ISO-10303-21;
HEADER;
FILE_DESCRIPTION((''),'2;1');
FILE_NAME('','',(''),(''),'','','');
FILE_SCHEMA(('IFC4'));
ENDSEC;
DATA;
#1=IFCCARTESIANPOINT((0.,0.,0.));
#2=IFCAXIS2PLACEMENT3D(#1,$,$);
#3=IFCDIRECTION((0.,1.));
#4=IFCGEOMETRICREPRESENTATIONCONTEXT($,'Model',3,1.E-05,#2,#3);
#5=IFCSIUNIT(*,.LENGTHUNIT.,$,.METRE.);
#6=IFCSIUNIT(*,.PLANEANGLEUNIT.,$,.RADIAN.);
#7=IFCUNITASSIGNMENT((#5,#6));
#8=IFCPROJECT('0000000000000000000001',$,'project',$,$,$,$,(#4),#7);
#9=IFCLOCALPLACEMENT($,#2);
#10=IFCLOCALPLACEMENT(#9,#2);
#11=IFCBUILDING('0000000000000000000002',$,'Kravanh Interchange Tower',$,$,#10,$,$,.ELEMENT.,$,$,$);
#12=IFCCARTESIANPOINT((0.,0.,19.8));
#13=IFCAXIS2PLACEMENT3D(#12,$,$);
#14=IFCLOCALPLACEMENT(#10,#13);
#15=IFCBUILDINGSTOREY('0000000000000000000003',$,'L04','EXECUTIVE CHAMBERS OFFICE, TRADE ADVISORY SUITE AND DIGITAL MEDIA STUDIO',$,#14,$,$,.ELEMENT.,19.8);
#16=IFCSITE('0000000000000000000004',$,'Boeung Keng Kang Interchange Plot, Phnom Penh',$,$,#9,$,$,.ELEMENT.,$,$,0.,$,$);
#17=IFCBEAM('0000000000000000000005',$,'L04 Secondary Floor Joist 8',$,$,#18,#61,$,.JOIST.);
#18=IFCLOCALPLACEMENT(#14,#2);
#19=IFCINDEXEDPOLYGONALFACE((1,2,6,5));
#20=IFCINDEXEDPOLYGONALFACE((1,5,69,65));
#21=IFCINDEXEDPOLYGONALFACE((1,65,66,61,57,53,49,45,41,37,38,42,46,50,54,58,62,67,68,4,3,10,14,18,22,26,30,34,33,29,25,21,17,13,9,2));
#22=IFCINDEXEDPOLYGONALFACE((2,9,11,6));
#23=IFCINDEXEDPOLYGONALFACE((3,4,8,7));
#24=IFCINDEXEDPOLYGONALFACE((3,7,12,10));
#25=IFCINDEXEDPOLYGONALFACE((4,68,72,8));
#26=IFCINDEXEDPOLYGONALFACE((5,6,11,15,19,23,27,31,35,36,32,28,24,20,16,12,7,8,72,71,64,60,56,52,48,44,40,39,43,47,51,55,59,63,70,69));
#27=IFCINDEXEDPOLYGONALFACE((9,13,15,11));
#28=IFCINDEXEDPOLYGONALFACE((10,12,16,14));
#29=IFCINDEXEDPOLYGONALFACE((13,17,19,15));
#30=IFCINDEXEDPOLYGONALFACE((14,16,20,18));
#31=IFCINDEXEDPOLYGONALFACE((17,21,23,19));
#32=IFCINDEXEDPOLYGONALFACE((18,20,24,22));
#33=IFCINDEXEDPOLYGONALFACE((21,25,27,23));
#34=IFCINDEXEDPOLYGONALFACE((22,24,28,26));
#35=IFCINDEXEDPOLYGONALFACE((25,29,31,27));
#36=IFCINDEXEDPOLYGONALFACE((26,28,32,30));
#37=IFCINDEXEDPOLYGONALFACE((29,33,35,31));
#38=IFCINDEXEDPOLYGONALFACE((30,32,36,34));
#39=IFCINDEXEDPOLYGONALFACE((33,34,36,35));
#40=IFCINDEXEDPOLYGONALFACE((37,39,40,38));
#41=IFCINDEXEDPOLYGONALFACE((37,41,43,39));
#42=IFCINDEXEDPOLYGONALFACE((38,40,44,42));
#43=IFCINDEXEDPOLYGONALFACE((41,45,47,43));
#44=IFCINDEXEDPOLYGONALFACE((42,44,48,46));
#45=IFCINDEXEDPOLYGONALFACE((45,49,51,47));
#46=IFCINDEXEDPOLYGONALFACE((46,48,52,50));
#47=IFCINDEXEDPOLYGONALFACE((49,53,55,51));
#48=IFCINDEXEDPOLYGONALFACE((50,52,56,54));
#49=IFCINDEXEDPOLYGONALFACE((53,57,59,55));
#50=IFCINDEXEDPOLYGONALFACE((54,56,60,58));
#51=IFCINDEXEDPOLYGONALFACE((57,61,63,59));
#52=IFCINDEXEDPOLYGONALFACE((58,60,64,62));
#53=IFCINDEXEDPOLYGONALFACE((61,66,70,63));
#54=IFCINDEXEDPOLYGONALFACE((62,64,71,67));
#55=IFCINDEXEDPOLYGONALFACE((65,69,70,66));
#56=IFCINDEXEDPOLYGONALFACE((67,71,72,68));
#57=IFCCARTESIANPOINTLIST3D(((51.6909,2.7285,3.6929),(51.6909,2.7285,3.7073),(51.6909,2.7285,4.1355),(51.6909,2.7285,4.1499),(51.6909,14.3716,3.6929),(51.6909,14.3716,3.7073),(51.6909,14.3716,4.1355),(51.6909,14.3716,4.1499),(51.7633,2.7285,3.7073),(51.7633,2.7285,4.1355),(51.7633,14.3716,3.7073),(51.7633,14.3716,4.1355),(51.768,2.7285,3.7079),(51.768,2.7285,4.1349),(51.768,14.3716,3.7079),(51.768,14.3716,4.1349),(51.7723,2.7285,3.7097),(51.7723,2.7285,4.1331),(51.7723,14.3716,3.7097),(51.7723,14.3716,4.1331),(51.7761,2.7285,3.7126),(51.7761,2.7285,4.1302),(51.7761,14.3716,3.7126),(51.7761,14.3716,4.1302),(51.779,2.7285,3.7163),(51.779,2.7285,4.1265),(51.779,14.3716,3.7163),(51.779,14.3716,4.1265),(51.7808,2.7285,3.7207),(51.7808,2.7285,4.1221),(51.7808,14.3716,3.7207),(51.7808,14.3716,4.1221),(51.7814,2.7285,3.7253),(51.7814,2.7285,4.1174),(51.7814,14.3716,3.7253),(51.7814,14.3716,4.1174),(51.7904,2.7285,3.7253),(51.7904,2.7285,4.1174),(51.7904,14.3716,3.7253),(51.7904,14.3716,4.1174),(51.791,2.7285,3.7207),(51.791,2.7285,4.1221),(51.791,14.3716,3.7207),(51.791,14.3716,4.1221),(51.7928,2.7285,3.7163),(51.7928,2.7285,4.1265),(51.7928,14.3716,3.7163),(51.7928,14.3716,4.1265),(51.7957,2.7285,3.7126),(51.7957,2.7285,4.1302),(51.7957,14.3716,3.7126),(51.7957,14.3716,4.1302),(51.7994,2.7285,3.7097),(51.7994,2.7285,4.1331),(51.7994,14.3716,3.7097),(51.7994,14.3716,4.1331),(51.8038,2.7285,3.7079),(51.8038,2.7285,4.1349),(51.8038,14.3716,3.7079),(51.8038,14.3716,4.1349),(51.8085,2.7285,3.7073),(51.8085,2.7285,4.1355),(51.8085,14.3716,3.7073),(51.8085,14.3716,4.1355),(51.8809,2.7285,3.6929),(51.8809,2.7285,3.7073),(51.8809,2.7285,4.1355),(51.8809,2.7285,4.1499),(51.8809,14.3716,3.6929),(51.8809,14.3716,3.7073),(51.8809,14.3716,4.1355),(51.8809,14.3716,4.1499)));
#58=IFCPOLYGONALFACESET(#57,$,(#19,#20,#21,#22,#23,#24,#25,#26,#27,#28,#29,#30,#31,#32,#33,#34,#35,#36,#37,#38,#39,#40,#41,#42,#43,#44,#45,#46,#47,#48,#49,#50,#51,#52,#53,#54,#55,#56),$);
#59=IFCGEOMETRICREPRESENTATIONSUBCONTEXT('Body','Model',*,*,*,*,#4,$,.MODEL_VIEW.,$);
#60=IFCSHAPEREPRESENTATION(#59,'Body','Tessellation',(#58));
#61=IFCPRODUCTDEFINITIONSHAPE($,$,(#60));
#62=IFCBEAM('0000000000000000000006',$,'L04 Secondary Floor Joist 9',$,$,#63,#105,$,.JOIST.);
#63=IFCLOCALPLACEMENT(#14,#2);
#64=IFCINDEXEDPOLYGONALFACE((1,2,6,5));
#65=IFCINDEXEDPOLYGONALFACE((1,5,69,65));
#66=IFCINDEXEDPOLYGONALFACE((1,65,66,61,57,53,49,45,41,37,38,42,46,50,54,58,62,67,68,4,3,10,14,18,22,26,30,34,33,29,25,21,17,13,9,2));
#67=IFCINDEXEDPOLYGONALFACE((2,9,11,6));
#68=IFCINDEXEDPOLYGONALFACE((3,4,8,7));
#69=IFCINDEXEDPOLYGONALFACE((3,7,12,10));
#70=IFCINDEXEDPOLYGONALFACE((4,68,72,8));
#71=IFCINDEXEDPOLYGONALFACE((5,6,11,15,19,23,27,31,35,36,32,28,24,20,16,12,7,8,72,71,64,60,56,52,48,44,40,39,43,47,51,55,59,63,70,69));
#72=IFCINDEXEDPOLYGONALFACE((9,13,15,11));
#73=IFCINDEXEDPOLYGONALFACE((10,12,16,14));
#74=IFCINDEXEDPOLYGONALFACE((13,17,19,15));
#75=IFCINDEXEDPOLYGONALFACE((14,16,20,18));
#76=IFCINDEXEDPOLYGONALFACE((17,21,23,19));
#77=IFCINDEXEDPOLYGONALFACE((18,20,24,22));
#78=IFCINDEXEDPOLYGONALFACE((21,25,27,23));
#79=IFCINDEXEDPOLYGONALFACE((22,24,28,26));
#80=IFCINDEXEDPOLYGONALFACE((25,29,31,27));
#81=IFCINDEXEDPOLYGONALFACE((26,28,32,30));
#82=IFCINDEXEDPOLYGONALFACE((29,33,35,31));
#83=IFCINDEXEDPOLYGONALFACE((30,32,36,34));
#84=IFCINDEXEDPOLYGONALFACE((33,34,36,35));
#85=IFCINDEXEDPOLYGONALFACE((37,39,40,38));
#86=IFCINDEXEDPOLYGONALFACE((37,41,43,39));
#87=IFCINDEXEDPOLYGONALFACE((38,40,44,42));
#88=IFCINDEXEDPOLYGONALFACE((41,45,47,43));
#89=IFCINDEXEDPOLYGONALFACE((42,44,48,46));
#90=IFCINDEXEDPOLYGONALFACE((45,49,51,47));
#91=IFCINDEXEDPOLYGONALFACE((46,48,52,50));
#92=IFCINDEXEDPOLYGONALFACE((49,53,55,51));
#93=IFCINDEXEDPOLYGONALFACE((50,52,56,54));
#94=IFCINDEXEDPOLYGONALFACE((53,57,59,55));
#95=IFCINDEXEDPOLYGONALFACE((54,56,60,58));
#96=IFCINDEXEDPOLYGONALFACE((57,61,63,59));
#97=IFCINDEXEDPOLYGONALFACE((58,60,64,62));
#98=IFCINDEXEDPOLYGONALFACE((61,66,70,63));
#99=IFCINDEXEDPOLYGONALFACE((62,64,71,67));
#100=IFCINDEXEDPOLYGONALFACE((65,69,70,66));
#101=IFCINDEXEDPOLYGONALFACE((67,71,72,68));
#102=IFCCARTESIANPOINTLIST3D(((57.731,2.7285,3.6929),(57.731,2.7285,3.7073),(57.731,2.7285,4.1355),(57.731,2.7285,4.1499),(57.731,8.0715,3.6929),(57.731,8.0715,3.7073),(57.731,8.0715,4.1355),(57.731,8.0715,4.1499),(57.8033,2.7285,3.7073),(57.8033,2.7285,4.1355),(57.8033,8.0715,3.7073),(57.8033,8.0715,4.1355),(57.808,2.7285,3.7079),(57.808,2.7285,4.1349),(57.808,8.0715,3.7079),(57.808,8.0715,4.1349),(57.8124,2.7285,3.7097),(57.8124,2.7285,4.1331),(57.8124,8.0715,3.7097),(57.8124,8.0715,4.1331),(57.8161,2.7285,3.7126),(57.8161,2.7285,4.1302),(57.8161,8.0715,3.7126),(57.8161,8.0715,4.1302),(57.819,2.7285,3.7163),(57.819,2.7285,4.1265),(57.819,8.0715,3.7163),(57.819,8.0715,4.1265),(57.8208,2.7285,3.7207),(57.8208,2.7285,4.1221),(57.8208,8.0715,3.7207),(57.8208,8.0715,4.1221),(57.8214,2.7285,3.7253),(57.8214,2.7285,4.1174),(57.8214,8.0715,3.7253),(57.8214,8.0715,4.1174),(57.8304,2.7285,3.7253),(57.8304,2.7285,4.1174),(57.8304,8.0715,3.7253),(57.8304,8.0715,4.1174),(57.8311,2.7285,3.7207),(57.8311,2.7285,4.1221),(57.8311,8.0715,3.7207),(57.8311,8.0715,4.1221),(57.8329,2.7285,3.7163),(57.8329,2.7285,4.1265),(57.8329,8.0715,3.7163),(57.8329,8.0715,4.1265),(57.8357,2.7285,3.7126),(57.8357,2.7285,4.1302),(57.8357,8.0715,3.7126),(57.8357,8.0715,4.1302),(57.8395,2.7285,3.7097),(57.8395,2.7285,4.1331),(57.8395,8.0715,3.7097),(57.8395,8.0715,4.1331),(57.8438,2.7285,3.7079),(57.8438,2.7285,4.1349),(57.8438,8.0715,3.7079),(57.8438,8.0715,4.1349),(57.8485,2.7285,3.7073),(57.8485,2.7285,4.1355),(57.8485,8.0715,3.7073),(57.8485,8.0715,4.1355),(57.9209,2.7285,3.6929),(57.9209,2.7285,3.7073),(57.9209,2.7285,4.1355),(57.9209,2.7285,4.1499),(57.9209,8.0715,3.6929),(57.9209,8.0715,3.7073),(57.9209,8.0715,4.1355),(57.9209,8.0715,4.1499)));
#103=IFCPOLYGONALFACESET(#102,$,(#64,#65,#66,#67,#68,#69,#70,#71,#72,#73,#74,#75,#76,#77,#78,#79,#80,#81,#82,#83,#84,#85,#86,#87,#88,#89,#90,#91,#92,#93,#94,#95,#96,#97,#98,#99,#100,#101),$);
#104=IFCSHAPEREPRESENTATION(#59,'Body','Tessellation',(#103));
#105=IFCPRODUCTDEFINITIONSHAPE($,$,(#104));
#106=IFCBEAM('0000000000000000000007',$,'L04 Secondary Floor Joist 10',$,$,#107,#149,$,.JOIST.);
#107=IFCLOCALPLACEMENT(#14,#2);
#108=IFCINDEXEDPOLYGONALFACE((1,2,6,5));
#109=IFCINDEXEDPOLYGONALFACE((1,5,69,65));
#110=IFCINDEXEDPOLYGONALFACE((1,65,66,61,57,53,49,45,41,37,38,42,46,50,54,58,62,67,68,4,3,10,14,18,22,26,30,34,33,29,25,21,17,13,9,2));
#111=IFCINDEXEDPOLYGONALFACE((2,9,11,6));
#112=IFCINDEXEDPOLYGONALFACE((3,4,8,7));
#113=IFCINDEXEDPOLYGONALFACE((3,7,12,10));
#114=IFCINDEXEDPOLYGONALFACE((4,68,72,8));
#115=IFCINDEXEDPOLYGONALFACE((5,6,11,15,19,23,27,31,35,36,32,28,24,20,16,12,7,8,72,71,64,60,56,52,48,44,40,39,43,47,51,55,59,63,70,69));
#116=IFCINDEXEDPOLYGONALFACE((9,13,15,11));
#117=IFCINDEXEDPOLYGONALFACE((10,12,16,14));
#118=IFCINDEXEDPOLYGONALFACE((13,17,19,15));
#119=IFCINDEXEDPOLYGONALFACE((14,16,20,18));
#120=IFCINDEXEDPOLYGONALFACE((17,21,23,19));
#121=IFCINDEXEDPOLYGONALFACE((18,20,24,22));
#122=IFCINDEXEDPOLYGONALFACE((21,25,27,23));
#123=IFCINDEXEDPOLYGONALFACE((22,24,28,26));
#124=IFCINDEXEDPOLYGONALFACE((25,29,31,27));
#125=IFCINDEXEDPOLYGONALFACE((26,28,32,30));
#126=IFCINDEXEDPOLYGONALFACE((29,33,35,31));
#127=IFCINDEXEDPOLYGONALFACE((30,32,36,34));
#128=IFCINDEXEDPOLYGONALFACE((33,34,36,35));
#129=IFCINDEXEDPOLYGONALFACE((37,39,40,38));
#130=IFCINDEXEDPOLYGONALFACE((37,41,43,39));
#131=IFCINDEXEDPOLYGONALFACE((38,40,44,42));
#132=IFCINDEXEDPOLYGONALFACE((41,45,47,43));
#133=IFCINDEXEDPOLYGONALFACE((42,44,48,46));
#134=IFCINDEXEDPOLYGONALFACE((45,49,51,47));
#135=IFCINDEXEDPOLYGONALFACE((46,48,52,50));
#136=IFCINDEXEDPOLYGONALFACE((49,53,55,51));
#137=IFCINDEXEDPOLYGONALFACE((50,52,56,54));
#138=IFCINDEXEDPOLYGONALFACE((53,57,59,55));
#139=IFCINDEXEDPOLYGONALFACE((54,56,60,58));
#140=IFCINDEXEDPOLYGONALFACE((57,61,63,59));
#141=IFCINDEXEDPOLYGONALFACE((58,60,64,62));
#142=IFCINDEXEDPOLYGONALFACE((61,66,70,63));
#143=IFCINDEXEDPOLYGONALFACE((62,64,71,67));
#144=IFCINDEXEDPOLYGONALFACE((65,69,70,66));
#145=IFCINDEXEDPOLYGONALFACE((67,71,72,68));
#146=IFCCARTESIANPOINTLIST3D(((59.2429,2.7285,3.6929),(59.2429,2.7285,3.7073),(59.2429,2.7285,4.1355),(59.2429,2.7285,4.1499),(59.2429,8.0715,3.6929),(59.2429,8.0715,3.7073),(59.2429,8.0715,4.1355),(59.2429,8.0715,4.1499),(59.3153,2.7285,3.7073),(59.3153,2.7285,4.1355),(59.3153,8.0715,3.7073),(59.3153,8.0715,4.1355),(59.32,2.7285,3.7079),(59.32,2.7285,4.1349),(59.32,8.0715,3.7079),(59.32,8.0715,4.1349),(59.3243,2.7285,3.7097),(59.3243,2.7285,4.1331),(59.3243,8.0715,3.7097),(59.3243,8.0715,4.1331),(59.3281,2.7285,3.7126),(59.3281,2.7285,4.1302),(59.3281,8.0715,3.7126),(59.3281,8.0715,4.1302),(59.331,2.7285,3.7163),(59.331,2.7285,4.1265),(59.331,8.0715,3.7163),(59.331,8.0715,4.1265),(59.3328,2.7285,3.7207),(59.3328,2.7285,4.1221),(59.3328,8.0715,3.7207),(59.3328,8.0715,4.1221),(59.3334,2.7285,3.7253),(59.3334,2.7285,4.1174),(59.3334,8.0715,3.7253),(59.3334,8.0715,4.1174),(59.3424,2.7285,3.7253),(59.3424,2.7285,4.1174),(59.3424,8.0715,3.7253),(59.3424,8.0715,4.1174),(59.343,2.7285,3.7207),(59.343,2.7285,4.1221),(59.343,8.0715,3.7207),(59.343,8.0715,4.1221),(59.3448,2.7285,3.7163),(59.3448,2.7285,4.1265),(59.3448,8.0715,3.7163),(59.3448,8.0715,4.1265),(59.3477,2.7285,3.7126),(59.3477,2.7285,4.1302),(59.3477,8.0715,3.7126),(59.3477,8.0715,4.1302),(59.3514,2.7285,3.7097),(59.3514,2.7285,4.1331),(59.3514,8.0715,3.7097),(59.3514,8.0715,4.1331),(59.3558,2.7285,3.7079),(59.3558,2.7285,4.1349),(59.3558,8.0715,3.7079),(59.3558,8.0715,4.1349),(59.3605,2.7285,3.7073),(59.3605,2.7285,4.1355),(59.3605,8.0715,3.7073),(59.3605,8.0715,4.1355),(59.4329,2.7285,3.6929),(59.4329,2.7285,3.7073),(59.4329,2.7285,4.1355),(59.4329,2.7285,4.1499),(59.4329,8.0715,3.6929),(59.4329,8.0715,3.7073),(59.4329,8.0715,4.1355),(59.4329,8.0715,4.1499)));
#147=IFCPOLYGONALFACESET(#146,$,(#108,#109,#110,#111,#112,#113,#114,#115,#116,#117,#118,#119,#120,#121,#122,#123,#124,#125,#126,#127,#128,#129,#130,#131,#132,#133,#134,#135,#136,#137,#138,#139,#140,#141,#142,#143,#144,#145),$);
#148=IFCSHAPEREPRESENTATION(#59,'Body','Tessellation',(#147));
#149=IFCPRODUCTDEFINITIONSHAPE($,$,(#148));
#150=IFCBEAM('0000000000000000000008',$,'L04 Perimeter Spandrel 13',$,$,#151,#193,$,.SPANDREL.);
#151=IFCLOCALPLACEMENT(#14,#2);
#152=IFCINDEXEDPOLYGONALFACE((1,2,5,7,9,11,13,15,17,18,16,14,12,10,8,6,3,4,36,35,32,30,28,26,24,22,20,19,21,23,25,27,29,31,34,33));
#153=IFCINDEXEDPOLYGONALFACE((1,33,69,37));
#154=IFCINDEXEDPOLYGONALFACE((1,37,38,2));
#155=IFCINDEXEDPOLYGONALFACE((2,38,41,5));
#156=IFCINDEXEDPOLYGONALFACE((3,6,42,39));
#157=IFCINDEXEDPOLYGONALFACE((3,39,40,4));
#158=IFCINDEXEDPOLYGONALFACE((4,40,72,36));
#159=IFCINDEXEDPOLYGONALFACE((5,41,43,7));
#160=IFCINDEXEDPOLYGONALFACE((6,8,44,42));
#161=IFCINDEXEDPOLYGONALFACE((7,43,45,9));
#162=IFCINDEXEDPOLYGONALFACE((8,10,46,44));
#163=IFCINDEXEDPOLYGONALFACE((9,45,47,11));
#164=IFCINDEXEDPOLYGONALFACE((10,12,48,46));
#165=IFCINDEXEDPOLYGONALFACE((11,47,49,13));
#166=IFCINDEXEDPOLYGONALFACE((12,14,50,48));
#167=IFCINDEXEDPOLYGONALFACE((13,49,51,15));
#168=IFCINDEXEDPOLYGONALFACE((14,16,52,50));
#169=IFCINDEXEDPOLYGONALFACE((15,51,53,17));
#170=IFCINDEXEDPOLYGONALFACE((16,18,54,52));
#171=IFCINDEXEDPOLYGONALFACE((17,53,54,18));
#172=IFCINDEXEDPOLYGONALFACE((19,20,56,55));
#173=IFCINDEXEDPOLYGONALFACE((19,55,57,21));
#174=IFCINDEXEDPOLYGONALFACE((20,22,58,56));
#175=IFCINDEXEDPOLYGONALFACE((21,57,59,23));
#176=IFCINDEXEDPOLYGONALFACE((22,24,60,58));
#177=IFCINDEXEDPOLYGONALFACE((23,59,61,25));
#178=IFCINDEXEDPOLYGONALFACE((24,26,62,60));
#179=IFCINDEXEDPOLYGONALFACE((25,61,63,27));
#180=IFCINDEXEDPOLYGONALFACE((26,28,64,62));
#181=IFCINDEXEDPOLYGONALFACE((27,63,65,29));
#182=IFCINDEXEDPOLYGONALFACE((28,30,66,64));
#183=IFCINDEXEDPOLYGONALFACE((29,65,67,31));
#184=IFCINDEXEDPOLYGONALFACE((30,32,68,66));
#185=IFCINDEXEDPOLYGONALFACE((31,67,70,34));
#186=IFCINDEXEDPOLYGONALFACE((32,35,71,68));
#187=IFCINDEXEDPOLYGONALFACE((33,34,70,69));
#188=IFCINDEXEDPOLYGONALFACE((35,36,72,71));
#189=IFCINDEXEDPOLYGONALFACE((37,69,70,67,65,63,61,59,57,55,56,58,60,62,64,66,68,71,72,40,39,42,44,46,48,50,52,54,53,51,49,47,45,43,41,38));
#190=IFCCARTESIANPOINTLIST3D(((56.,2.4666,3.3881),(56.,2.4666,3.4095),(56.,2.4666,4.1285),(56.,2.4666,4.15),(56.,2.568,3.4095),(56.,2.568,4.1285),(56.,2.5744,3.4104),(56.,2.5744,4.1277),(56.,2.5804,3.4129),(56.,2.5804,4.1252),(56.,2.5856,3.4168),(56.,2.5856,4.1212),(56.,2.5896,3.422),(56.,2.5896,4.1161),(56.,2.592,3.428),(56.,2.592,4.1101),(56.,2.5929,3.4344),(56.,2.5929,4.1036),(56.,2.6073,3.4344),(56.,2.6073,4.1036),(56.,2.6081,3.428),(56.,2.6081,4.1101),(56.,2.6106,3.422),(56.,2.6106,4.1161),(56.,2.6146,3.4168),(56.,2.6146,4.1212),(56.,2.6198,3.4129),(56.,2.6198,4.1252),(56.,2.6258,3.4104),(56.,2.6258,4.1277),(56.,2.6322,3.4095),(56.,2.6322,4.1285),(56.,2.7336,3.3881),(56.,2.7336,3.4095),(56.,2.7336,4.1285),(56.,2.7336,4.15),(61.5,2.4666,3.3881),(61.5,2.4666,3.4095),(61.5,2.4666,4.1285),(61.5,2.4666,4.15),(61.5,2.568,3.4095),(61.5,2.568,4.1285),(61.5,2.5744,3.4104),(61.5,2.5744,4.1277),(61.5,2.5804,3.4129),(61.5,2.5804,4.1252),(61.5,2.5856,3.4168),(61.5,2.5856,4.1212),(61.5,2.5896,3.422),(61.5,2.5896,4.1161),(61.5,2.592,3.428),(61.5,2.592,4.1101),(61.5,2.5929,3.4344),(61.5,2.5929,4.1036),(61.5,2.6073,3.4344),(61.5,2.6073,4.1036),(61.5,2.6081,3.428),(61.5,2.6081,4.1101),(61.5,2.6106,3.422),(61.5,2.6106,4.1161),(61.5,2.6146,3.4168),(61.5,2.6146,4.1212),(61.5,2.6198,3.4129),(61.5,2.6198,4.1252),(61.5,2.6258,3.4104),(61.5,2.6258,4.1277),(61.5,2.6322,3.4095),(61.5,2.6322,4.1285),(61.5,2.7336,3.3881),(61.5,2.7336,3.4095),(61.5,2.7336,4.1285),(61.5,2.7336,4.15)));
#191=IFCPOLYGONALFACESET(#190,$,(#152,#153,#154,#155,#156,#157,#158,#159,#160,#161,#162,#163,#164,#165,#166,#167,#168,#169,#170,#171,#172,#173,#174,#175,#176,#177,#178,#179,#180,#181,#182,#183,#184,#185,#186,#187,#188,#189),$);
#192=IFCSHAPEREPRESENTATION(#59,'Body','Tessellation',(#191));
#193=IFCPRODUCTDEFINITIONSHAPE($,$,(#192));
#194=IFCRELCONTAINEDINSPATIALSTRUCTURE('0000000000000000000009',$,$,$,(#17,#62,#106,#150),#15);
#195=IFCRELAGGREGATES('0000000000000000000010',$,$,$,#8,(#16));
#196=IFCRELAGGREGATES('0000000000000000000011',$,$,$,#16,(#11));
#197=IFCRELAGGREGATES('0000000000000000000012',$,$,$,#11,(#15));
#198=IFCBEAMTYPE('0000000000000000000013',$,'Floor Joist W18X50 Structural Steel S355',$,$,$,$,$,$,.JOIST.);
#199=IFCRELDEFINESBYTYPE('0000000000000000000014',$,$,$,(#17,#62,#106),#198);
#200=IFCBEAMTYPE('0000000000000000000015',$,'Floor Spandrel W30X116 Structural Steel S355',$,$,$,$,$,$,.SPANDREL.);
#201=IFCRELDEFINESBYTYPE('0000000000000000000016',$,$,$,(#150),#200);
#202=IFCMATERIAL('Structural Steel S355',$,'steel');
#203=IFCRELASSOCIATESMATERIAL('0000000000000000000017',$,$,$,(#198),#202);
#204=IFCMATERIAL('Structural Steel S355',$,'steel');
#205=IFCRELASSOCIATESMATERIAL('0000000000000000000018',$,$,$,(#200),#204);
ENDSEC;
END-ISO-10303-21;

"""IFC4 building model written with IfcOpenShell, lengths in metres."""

from ifc_helpers import new_model, si_unit, direction, frame, origin, origin_2d, place, context, subcontext, project, spatial, i_section, extrude, material, material_profile, profile_set, type_object, element, save


model = new_model("IFC4")

# Units and contexts
model_context = context("Model", 3, precision=1e-05, world=origin(), true_north=direction((0.0, 1.0)))
body_context = subcontext(model_context, "Body", "Model", "MODEL_VIEW")
ifc_project = project(units=[si_unit("LENGTHUNIT", "METRE"), si_unit("PLANEANGLEUNIT", "RADIAN")], contexts=[model_context])

# Site, building, storey
site_placement = place(None, origin())
site = spatial("IfcSite", under=ifc_project, at=site_placement, Name="Boeung Keng Kang Interchange Plot, Phnom Penh", CompositionType="ELEMENT", RefElevation=0.0)
building_placement = place(site_placement, origin())
building = spatial("IfcBuilding", under=site, at=building_placement, Name="Kravanh Interchange Tower", CompositionType="ELEMENT")
storey_placement = place(building_placement, frame((0.0, 0.0, 19.8)))
storey = spatial("IfcBuildingStorey", under=building, at=storey_placement, Name="L04", Description="EXECUTIVE CHAMBERS OFFICE, TRADE ADVISORY SUITE AND DIGITAL MEDIA STUDIO", CompositionType="ELEMENT", Elevation=19.8)

# Beams
ifc_material_1 = material(Name="Structural Steel S355", Category="steel")
ifc_material_profile_1 = material_profile(ifc_material_1, i_section(OverallWidth=0.1899, OverallDepth=0.457, WebThickness=0.009, FlangeThickness=0.0144, FilletRadius=0.0181, at=origin_2d()), Name="W18X50")
ifc_profile_set_1 = profile_set([ifc_material_profile_1], Name="Structural Steel S355")
beam_type_1 = type_object("IfcBeamType", Name="Floor Joist W18X50 Structural Steel S355", PredefinedType="JOIST", material=ifc_profile_set_1)
for number, where, z_axis, x_axis, name in (
    (1, (51.7859, 2.7285, 3.9214), (0.0, 1.0, 0.0), (-1.0, 0.0, 0.0), "L04 Secondary Floor Joist 8"),
):
    element("IfcBeam", number, at=place(storey_placement, frame(where, z_axis=z_axis, x_axis=x_axis)), inside=storey, type_object=beam_type_1, Name=name, PredefinedType="JOIST", context=body_context, shape_type="SweptSolid", body=[
        extrude(i_section(OverallWidth=0.1899, OverallDepth=0.457, WebThickness=0.009, FlangeThickness=0.0144, FilletRadius=0.0181, at=origin_2d()), origin(), (0.0, 0.0, 1.0), 11.6431),
    ])
for number, where, z_axis, x_axis, name in (
    (2, (57.8259, 2.7285, 3.9214), (0.0, 1.0, 0.0), (-1.0, 0.0, 0.0), "L04 Secondary Floor Joist 9"),
    (3, (59.3379, 2.7285, 3.9214), (0.0, 1.0, 0.0), (-1.0, 0.0, 0.0), "L04 Secondary Floor Joist 10"),
):
    element("IfcBeam", number, at=place(storey_placement, frame(where, z_axis=z_axis, x_axis=x_axis)), inside=storey, type_object=beam_type_1, Name=name, PredefinedType="JOIST", context=body_context, shape_type="SweptSolid", body=[
        extrude(i_section(OverallWidth=0.1899, OverallDepth=0.457, WebThickness=0.009, FlangeThickness=0.0144, FilletRadius=0.0181, at=origin_2d()), origin(), (0.0, 0.0, 1.0), 5.343),
    ])
ifc_material_2 = material(Name="Structural Steel S355", Category="steel")
ifc_material_profile_2 = material_profile(ifc_material_2, i_section(OverallWidth=0.2671, OverallDepth=0.762, WebThickness=0.0144, FlangeThickness=0.0215, FilletRadius=0.0249, at=origin_2d()), Name="W30X116")
ifc_profile_set_2 = profile_set([ifc_material_profile_2], Name="Structural Steel S355")
beam_type_2 = type_object("IfcBeamType", Name="Floor Spandrel W30X116 Structural Steel S355", PredefinedType="SPANDREL", material=ifc_profile_set_2)
beam_1_placement = place(storey_placement, frame((56.0, 2.6001, 3.769), z_axis=(1.0, 0.0, 0.0), x_axis=(0.0, 1.0, 0.0)))
element("IfcBeam", 4, at=beam_1_placement, inside=storey, type_object=beam_type_2, Name="L04 Perimeter Spandrel 13", PredefinedType="SPANDREL", context=body_context, shape_type="SweptSolid", body=[
    extrude(i_section(OverallWidth=0.2671, OverallDepth=0.762, WebThickness=0.0144, FlangeThickness=0.0215, FilletRadius=0.0249, at=origin_2d()), origin(), (0.0, 0.0, 1.0), 5.5),
])

save(model, "model.ifc")
